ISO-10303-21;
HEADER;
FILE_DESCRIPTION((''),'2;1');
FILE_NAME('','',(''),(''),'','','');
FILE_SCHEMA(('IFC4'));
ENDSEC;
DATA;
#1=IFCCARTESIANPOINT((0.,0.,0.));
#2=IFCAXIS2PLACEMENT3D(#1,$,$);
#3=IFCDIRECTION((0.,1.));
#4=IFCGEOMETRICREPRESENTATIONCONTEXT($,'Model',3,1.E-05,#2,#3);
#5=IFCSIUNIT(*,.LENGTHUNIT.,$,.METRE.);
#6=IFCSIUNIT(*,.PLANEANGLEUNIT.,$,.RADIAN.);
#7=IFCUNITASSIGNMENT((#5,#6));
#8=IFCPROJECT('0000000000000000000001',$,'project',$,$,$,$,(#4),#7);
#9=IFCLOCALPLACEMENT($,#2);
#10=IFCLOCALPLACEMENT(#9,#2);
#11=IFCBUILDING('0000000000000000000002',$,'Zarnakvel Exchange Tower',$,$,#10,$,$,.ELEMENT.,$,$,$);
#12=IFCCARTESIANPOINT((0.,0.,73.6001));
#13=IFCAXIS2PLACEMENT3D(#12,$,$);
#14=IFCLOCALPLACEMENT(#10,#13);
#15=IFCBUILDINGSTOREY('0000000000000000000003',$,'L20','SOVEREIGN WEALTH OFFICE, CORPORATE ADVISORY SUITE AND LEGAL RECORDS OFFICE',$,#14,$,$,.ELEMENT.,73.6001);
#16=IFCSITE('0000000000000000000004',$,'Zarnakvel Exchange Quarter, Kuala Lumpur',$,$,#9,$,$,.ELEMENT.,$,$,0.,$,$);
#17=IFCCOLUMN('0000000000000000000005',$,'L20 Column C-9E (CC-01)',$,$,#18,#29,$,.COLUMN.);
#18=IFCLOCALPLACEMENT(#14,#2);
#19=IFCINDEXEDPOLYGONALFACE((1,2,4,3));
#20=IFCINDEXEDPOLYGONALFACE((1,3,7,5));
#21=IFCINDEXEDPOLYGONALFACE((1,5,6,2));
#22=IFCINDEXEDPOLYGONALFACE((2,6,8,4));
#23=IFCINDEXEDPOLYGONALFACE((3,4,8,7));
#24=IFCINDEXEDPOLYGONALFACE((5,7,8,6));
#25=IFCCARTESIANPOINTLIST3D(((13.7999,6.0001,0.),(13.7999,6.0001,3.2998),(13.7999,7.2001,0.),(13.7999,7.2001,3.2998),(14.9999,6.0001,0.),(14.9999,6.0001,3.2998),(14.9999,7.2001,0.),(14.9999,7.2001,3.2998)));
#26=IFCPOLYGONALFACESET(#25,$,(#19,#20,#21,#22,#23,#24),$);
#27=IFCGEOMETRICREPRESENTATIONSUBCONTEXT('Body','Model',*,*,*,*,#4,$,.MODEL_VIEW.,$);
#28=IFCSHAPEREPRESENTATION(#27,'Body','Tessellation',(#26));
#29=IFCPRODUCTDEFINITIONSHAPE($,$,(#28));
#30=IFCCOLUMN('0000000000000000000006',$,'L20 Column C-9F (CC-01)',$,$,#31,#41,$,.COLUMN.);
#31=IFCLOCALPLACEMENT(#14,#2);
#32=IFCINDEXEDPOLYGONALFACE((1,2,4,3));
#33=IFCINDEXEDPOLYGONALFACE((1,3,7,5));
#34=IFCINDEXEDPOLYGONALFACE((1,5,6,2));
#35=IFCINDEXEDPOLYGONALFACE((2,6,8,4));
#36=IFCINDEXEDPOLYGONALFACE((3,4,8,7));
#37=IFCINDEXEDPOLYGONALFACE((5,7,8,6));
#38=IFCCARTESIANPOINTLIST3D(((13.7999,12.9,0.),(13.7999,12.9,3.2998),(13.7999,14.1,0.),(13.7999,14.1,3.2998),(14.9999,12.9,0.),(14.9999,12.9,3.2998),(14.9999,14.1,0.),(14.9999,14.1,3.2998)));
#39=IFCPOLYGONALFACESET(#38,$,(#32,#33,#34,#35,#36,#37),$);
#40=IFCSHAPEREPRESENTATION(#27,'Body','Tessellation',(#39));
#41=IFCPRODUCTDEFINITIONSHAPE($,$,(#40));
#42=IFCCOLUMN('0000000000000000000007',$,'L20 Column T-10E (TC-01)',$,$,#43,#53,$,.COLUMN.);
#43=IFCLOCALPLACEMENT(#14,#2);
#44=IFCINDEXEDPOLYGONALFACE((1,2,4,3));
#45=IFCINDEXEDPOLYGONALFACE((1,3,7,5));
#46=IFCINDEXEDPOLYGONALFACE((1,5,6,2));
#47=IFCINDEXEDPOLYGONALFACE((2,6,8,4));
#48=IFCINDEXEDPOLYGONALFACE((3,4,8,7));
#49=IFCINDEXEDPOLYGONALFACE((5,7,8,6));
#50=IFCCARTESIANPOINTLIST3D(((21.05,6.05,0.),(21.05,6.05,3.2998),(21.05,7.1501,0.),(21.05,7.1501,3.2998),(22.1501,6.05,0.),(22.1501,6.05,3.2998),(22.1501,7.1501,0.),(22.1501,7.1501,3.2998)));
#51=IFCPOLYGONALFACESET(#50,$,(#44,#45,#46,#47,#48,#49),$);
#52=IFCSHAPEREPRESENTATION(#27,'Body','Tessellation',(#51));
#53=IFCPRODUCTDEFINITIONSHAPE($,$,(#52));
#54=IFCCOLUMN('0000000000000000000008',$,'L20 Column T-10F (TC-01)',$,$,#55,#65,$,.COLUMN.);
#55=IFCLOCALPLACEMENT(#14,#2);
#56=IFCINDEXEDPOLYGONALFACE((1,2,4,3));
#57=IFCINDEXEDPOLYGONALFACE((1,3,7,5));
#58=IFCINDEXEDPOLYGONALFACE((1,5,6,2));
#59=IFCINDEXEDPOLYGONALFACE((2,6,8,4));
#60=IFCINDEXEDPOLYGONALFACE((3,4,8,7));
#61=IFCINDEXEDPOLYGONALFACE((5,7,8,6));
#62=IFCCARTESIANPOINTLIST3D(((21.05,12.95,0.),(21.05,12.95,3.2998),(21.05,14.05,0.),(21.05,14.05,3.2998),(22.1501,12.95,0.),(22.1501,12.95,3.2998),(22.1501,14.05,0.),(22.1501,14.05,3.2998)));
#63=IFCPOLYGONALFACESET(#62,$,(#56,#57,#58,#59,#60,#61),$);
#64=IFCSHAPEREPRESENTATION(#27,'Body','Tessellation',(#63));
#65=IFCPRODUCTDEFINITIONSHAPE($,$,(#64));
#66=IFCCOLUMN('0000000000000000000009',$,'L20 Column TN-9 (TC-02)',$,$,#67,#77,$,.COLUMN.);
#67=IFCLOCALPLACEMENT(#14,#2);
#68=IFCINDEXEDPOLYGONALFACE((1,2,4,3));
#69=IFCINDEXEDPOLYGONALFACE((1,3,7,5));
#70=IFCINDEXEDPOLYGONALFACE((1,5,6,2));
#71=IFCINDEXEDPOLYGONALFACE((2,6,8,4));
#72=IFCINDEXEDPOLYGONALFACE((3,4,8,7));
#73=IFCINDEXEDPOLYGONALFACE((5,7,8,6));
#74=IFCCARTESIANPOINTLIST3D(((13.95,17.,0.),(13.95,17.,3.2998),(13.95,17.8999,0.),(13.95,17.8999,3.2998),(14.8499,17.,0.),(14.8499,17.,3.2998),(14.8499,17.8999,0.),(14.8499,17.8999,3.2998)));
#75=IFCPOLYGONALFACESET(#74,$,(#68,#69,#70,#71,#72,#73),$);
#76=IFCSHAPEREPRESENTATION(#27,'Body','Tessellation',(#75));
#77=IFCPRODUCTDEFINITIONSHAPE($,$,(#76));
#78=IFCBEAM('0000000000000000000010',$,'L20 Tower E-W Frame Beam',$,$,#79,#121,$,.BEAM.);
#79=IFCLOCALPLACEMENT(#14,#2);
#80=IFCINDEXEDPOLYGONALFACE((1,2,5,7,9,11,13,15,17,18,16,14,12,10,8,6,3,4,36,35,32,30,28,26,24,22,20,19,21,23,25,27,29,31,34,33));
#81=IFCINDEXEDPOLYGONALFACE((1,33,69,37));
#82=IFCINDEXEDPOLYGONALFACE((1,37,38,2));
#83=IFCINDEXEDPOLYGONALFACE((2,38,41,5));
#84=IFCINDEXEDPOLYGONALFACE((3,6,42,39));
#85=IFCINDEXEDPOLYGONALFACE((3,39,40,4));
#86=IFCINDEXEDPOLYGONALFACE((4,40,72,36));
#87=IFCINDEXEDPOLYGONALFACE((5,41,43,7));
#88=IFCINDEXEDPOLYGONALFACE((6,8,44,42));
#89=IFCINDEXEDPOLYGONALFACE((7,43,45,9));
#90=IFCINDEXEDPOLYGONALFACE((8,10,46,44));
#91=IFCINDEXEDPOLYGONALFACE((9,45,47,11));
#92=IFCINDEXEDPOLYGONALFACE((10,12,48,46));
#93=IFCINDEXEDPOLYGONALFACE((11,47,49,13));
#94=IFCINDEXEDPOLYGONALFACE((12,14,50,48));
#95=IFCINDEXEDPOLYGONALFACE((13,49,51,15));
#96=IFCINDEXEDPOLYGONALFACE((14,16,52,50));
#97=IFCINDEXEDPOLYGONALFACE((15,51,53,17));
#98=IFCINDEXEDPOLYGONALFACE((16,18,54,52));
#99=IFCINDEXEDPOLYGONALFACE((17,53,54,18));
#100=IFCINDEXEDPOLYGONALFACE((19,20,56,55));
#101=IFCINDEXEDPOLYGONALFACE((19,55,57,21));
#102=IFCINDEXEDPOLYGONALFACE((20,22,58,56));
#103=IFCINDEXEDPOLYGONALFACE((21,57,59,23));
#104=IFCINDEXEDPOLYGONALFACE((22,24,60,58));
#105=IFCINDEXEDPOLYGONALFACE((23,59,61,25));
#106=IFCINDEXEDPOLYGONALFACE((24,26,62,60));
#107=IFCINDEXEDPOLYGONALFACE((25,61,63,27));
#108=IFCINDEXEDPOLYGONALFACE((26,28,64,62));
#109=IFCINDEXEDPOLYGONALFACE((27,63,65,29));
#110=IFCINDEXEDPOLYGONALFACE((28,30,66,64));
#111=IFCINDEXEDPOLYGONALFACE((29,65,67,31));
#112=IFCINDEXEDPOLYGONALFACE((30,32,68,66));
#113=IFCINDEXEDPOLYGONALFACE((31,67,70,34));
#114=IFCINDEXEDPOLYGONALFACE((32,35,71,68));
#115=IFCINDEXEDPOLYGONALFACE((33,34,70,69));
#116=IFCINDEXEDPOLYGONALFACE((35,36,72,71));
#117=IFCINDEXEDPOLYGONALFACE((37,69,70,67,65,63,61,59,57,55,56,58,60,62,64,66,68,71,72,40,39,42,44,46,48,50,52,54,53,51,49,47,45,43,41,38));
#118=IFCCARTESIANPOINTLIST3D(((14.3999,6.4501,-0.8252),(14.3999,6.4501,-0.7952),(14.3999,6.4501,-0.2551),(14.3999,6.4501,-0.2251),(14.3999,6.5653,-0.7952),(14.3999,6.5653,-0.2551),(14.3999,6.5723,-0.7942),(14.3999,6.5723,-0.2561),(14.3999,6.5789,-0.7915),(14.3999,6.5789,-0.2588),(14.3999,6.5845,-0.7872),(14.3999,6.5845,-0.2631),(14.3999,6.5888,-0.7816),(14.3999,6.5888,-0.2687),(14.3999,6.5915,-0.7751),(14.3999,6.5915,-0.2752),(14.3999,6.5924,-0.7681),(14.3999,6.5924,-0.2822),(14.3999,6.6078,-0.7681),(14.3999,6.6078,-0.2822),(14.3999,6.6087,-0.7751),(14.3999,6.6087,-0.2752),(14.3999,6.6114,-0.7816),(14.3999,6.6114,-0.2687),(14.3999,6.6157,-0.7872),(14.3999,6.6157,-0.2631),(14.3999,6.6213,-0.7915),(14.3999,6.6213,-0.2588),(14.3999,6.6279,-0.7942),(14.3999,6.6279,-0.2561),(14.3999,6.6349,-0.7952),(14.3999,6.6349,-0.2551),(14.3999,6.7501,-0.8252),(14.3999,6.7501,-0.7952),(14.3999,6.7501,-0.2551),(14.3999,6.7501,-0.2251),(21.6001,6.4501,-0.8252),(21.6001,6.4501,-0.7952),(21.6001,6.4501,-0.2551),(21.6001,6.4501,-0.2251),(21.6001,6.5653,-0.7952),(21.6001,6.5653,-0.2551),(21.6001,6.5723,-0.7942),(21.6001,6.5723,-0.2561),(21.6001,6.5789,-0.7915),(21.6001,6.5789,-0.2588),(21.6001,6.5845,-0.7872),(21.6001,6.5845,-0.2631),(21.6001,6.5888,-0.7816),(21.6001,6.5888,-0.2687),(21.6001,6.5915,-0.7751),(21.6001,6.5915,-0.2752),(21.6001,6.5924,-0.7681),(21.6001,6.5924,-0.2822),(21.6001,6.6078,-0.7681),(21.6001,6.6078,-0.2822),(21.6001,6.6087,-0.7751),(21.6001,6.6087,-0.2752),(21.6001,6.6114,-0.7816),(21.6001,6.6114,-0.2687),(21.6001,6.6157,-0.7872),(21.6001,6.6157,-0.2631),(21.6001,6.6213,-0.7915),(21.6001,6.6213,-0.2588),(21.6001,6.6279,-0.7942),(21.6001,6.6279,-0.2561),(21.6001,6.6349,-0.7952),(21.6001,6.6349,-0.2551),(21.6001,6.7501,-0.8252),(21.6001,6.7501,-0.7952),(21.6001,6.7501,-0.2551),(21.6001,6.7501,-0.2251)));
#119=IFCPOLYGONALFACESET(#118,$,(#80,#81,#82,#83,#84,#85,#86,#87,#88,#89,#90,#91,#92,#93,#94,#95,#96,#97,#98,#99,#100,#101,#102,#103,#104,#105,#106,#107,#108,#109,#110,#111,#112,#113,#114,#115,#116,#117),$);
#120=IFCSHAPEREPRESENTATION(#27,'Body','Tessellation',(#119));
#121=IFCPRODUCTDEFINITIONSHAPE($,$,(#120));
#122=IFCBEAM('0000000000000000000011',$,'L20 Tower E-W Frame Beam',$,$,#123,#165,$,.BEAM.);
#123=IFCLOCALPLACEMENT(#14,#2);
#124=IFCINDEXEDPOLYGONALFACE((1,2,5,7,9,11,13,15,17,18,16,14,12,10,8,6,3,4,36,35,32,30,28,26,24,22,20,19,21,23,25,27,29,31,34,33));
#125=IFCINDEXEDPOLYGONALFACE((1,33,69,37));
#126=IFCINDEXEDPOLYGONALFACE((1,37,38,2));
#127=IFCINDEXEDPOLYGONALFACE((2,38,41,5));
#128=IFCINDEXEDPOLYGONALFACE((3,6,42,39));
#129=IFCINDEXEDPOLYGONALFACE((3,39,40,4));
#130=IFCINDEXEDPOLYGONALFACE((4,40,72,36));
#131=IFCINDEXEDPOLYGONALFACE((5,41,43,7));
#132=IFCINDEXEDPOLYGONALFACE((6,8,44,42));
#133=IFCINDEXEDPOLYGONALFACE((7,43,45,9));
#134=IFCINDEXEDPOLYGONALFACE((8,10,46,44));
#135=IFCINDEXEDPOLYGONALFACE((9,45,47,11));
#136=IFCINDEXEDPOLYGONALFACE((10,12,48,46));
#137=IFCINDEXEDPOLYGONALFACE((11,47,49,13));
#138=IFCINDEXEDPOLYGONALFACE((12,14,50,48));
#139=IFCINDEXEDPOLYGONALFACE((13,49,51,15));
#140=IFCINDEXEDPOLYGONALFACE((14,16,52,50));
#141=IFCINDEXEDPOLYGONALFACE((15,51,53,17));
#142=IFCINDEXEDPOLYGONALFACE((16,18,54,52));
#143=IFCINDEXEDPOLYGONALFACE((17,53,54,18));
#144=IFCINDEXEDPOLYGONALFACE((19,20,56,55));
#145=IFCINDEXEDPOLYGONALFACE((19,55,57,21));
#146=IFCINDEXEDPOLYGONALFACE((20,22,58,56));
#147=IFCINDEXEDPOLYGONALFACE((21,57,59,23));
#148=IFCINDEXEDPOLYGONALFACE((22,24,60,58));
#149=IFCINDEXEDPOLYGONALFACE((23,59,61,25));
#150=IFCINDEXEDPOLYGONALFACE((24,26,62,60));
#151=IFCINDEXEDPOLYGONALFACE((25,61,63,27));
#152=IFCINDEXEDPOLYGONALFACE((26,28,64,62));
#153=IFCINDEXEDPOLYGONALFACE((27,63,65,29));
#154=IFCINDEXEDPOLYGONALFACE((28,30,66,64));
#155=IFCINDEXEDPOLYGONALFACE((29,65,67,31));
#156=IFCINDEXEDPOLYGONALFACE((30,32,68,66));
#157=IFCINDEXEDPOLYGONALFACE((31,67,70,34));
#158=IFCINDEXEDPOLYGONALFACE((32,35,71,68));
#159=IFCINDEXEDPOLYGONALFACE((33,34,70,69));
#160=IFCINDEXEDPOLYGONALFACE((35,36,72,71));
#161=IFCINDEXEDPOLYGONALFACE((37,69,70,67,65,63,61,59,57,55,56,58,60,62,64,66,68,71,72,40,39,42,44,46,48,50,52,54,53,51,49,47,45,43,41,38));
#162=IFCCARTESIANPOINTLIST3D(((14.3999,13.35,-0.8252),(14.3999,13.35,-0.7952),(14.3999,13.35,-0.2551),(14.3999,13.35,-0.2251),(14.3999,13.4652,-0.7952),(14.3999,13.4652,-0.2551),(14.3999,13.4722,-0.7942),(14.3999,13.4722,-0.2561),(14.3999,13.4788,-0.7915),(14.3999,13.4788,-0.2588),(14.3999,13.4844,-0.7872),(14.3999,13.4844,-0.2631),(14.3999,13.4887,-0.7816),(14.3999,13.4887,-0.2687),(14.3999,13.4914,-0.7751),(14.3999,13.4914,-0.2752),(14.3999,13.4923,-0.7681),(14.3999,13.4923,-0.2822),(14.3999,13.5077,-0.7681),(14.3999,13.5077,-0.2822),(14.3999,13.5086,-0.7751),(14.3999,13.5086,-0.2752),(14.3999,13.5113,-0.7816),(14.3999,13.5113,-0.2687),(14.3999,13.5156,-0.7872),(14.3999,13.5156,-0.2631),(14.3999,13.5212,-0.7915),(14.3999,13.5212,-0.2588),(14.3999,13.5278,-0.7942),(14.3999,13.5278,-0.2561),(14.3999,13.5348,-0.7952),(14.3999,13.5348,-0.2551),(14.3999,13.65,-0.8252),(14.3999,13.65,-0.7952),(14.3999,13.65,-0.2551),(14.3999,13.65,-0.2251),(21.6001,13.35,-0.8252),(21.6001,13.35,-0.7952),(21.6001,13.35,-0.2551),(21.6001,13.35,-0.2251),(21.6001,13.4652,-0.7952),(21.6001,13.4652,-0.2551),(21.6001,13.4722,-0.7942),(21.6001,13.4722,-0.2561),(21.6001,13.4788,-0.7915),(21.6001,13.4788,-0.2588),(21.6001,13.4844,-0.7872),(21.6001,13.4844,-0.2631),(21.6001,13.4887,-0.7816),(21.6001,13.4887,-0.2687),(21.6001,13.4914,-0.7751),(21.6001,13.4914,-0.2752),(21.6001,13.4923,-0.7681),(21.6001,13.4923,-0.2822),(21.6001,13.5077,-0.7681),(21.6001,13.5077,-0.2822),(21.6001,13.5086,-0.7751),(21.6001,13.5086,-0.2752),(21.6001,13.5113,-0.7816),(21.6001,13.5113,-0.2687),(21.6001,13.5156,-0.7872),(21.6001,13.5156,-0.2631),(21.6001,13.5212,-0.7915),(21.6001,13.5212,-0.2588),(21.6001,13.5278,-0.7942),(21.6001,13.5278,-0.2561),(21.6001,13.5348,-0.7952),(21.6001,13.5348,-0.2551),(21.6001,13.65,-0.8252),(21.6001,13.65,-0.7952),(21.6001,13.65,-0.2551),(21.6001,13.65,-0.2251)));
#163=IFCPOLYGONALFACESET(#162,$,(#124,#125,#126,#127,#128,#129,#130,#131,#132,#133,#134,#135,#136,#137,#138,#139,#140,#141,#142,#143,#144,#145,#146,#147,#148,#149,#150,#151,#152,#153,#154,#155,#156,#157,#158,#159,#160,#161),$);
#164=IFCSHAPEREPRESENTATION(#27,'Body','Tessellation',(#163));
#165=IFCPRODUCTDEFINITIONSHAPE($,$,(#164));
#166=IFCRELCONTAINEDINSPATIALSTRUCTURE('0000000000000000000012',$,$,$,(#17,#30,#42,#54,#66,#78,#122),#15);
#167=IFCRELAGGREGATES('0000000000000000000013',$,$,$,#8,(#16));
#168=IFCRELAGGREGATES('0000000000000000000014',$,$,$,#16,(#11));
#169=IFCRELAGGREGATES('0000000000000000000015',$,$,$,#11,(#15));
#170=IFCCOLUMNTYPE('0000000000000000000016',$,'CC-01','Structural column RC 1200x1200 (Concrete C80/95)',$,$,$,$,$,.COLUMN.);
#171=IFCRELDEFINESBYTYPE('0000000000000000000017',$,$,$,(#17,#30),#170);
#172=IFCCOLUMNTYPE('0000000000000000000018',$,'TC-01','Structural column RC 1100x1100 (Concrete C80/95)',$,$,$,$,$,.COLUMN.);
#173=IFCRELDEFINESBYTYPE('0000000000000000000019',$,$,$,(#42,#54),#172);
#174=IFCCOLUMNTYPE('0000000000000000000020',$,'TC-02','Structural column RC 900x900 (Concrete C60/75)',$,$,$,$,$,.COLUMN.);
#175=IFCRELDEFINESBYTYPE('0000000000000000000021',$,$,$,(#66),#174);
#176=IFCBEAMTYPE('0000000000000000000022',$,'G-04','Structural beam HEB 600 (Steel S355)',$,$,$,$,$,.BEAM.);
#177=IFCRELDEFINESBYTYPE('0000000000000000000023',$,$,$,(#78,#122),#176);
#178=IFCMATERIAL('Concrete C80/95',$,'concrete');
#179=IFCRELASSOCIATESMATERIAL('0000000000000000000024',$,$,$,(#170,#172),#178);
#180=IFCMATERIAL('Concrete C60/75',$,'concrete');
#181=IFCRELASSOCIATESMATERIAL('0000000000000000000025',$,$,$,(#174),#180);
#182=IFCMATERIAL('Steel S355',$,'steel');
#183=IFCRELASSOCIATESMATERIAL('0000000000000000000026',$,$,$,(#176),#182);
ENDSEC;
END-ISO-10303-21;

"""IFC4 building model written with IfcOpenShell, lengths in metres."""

from ifc_helpers import new_model, si_unit, direction, frame, origin, origin_2d, place, context, subcontext, project, spatial, rectangle, i_section, extrude, material, material_profile, profile_set, type_object, element, save


model = new_model("IFC4")

# Units and contexts
model_context = context("Model", 3, precision=1e-05, world=origin(), true_north=direction((0.0, 1.0)))
body_context = subcontext(model_context, "Body", "Model", "MODEL_VIEW")
ifc_project = project(units=[si_unit("LENGTHUNIT", "METRE"), si_unit("PLANEANGLEUNIT", "RADIAN")], contexts=[model_context])

# Site, building, storey
site_placement = place(None, origin())
site = spatial("IfcSite", under=ifc_project, at=site_placement, Name="Zarnakvel Exchange Quarter, Kuala Lumpur", CompositionType="ELEMENT", RefElevation=0.0)
building_placement = place(site_placement, origin())
building = spatial("IfcBuilding", under=site, at=building_placement, Name="Zarnakvel Exchange Tower", CompositionType="ELEMENT")
storey_placement = place(building_placement, frame((0.0, 0.0, 73.6001)))
storey = spatial("IfcBuildingStorey", under=building, at=storey_placement, Name="L20", Description="SOVEREIGN WEALTH OFFICE, CORPORATE ADVISORY SUITE AND LEGAL RECORDS OFFICE", CompositionType="ELEMENT", Elevation=73.6001)

# Columns
ifc_material_1 = material(Name="Concrete C80/95", Category="concrete")
ifc_material_profile_1 = material_profile(ifc_material_1, rectangle(XDim=1.2, YDim=1.2, at=origin_2d()))
ifc_profile_set_1 = profile_set([ifc_material_profile_1], Name="Concrete C80/95")
column_type_1 = type_object("IfcColumnType", Name="CC-01", Description="Structural column RC 1200x1200 (Concrete C80/95)", PredefinedType="COLUMN", material=ifc_profile_set_1)
for number, where, z_axis, x_axis, name in (
    (1, (14.3999, 6.6001, 0.0), (0.0, 0.0, 1.0), (1.0, 0.0, 0.0), "L20 Column C-9E (CC-01)"),
    (2, (14.3999, 13.5, 0.0), (0.0, 0.0, 1.0), (1.0, 0.0, 0.0), "L20 Column C-9F (CC-01)"),
):
    element("IfcColumn", number, at=place(storey_placement, frame(where, z_axis=z_axis, x_axis=x_axis)), inside=storey, type_object=column_type_1, Name=name, PredefinedType="COLUMN", context=body_context, shape_type="SweptSolid", body=[
        extrude(rectangle(XDim=1.2, YDim=1.2, at=origin_2d()), origin(), (0.0, 0.0, 1.0), 3.2998),
    ])
ifc_material_profile_2 = material_profile(ifc_material_1, rectangle(XDim=1.1001, YDim=1.1001, at=origin_2d()))
ifc_profile_set_2 = profile_set([ifc_material_profile_2], Name="Concrete C80/95")
column_type_2 = type_object("IfcColumnType", Name="TC-01", Description="Structural column RC 1100x1100 (Concrete C80/95)", PredefinedType="COLUMN", material=ifc_profile_set_2)
for number, where, z_axis, x_axis, name in (
    (3, (21.6001, 6.6001, 0.0), (0.0, 0.0, 1.0), (1.0, 0.0, 0.0), "L20 Column T-10E (TC-01)"),
    (4, (21.6001, 13.5, 0.0), (0.0, 0.0, 1.0), (1.0, 0.0, 0.0), "L20 Column T-10F (TC-01)"),
):
    element("IfcColumn", number, at=place(storey_placement, frame(where, z_axis=z_axis, x_axis=x_axis)), inside=storey, type_object=column_type_2, Name=name, PredefinedType="COLUMN", context=body_context, shape_type="SweptSolid", body=[
        extrude(rectangle(XDim=1.1001, YDim=1.1001, at=origin_2d()), origin(), (0.0, 0.0, 1.0), 3.2998),
    ])
ifc_material_2 = material(Name="Concrete C60/75", Category="concrete")
ifc_material_profile_3 = material_profile(ifc_material_2, rectangle(XDim=0.8999, YDim=0.8999, at=origin_2d()))
ifc_profile_set_3 = profile_set([ifc_material_profile_3], Name="Concrete C60/75")
column_type_3 = type_object("IfcColumnType", Name="TC-02", Description="Structural column RC 900x900 (Concrete C60/75)", PredefinedType="COLUMN", material=ifc_profile_set_3)
column_placement = place(storey_placement, frame((14.3999, 17.45, 0.0), z_axis=(0.0, 0.0, 1.0), x_axis=(1.0, 0.0, 0.0)))
element("IfcColumn", 5, at=column_placement, inside=storey, type_object=column_type_3, Name="L20 Column TN-9 (TC-02)", PredefinedType="COLUMN", context=body_context, shape_type="SweptSolid", body=[
    extrude(rectangle(XDim=0.8999, YDim=0.8999, at=origin_2d()), origin(), (0.0, 0.0, 1.0), 3.2998),
])

# Beams
ifc_material_3 = material(Name="Steel S355", Category="steel")
ifc_material_profile_4 = material_profile(ifc_material_3, i_section(OverallWidth=0.3, OverallDepth=0.6001, WebThickness=0.0154, FlangeThickness=0.03, FilletRadius=0.0271, at=origin_2d()))
ifc_profile_set_4 = profile_set([ifc_material_profile_4], Name="Steel S355")
beam_type_1 = type_object("IfcBeamType", Name="G-04", Description="Structural beam HEB 600 (Steel S355)", PredefinedType="BEAM", material=ifc_profile_set_4)
for number, where, z_axis, x_axis, name in (
    (6, (14.3999, 6.6001, -0.5251), (1.0, 0.0, 0.0), (0.0, 1.0, 0.0), "L20 Tower E-W Frame Beam"),
    (7, (14.3999, 13.5, -0.5251), (1.0, 0.0, 0.0), (0.0, 1.0, 0.0), "L20 Tower E-W Frame Beam"),
):
    element("IfcBeam", number, at=place(storey_placement, frame(where, z_axis=z_axis, x_axis=x_axis)), inside=storey, type_object=beam_type_1, Name=name, PredefinedType="BEAM", context=body_context, shape_type="SweptSolid", body=[
        extrude(i_section(OverallWidth=0.3, OverallDepth=0.6001, WebThickness=0.0154, FlangeThickness=0.03, FilletRadius=0.0271, at=origin_2d()), origin(), (0.0, 0.0, 1.0), 7.2002),
    ])

save(model, "model.ifc")
